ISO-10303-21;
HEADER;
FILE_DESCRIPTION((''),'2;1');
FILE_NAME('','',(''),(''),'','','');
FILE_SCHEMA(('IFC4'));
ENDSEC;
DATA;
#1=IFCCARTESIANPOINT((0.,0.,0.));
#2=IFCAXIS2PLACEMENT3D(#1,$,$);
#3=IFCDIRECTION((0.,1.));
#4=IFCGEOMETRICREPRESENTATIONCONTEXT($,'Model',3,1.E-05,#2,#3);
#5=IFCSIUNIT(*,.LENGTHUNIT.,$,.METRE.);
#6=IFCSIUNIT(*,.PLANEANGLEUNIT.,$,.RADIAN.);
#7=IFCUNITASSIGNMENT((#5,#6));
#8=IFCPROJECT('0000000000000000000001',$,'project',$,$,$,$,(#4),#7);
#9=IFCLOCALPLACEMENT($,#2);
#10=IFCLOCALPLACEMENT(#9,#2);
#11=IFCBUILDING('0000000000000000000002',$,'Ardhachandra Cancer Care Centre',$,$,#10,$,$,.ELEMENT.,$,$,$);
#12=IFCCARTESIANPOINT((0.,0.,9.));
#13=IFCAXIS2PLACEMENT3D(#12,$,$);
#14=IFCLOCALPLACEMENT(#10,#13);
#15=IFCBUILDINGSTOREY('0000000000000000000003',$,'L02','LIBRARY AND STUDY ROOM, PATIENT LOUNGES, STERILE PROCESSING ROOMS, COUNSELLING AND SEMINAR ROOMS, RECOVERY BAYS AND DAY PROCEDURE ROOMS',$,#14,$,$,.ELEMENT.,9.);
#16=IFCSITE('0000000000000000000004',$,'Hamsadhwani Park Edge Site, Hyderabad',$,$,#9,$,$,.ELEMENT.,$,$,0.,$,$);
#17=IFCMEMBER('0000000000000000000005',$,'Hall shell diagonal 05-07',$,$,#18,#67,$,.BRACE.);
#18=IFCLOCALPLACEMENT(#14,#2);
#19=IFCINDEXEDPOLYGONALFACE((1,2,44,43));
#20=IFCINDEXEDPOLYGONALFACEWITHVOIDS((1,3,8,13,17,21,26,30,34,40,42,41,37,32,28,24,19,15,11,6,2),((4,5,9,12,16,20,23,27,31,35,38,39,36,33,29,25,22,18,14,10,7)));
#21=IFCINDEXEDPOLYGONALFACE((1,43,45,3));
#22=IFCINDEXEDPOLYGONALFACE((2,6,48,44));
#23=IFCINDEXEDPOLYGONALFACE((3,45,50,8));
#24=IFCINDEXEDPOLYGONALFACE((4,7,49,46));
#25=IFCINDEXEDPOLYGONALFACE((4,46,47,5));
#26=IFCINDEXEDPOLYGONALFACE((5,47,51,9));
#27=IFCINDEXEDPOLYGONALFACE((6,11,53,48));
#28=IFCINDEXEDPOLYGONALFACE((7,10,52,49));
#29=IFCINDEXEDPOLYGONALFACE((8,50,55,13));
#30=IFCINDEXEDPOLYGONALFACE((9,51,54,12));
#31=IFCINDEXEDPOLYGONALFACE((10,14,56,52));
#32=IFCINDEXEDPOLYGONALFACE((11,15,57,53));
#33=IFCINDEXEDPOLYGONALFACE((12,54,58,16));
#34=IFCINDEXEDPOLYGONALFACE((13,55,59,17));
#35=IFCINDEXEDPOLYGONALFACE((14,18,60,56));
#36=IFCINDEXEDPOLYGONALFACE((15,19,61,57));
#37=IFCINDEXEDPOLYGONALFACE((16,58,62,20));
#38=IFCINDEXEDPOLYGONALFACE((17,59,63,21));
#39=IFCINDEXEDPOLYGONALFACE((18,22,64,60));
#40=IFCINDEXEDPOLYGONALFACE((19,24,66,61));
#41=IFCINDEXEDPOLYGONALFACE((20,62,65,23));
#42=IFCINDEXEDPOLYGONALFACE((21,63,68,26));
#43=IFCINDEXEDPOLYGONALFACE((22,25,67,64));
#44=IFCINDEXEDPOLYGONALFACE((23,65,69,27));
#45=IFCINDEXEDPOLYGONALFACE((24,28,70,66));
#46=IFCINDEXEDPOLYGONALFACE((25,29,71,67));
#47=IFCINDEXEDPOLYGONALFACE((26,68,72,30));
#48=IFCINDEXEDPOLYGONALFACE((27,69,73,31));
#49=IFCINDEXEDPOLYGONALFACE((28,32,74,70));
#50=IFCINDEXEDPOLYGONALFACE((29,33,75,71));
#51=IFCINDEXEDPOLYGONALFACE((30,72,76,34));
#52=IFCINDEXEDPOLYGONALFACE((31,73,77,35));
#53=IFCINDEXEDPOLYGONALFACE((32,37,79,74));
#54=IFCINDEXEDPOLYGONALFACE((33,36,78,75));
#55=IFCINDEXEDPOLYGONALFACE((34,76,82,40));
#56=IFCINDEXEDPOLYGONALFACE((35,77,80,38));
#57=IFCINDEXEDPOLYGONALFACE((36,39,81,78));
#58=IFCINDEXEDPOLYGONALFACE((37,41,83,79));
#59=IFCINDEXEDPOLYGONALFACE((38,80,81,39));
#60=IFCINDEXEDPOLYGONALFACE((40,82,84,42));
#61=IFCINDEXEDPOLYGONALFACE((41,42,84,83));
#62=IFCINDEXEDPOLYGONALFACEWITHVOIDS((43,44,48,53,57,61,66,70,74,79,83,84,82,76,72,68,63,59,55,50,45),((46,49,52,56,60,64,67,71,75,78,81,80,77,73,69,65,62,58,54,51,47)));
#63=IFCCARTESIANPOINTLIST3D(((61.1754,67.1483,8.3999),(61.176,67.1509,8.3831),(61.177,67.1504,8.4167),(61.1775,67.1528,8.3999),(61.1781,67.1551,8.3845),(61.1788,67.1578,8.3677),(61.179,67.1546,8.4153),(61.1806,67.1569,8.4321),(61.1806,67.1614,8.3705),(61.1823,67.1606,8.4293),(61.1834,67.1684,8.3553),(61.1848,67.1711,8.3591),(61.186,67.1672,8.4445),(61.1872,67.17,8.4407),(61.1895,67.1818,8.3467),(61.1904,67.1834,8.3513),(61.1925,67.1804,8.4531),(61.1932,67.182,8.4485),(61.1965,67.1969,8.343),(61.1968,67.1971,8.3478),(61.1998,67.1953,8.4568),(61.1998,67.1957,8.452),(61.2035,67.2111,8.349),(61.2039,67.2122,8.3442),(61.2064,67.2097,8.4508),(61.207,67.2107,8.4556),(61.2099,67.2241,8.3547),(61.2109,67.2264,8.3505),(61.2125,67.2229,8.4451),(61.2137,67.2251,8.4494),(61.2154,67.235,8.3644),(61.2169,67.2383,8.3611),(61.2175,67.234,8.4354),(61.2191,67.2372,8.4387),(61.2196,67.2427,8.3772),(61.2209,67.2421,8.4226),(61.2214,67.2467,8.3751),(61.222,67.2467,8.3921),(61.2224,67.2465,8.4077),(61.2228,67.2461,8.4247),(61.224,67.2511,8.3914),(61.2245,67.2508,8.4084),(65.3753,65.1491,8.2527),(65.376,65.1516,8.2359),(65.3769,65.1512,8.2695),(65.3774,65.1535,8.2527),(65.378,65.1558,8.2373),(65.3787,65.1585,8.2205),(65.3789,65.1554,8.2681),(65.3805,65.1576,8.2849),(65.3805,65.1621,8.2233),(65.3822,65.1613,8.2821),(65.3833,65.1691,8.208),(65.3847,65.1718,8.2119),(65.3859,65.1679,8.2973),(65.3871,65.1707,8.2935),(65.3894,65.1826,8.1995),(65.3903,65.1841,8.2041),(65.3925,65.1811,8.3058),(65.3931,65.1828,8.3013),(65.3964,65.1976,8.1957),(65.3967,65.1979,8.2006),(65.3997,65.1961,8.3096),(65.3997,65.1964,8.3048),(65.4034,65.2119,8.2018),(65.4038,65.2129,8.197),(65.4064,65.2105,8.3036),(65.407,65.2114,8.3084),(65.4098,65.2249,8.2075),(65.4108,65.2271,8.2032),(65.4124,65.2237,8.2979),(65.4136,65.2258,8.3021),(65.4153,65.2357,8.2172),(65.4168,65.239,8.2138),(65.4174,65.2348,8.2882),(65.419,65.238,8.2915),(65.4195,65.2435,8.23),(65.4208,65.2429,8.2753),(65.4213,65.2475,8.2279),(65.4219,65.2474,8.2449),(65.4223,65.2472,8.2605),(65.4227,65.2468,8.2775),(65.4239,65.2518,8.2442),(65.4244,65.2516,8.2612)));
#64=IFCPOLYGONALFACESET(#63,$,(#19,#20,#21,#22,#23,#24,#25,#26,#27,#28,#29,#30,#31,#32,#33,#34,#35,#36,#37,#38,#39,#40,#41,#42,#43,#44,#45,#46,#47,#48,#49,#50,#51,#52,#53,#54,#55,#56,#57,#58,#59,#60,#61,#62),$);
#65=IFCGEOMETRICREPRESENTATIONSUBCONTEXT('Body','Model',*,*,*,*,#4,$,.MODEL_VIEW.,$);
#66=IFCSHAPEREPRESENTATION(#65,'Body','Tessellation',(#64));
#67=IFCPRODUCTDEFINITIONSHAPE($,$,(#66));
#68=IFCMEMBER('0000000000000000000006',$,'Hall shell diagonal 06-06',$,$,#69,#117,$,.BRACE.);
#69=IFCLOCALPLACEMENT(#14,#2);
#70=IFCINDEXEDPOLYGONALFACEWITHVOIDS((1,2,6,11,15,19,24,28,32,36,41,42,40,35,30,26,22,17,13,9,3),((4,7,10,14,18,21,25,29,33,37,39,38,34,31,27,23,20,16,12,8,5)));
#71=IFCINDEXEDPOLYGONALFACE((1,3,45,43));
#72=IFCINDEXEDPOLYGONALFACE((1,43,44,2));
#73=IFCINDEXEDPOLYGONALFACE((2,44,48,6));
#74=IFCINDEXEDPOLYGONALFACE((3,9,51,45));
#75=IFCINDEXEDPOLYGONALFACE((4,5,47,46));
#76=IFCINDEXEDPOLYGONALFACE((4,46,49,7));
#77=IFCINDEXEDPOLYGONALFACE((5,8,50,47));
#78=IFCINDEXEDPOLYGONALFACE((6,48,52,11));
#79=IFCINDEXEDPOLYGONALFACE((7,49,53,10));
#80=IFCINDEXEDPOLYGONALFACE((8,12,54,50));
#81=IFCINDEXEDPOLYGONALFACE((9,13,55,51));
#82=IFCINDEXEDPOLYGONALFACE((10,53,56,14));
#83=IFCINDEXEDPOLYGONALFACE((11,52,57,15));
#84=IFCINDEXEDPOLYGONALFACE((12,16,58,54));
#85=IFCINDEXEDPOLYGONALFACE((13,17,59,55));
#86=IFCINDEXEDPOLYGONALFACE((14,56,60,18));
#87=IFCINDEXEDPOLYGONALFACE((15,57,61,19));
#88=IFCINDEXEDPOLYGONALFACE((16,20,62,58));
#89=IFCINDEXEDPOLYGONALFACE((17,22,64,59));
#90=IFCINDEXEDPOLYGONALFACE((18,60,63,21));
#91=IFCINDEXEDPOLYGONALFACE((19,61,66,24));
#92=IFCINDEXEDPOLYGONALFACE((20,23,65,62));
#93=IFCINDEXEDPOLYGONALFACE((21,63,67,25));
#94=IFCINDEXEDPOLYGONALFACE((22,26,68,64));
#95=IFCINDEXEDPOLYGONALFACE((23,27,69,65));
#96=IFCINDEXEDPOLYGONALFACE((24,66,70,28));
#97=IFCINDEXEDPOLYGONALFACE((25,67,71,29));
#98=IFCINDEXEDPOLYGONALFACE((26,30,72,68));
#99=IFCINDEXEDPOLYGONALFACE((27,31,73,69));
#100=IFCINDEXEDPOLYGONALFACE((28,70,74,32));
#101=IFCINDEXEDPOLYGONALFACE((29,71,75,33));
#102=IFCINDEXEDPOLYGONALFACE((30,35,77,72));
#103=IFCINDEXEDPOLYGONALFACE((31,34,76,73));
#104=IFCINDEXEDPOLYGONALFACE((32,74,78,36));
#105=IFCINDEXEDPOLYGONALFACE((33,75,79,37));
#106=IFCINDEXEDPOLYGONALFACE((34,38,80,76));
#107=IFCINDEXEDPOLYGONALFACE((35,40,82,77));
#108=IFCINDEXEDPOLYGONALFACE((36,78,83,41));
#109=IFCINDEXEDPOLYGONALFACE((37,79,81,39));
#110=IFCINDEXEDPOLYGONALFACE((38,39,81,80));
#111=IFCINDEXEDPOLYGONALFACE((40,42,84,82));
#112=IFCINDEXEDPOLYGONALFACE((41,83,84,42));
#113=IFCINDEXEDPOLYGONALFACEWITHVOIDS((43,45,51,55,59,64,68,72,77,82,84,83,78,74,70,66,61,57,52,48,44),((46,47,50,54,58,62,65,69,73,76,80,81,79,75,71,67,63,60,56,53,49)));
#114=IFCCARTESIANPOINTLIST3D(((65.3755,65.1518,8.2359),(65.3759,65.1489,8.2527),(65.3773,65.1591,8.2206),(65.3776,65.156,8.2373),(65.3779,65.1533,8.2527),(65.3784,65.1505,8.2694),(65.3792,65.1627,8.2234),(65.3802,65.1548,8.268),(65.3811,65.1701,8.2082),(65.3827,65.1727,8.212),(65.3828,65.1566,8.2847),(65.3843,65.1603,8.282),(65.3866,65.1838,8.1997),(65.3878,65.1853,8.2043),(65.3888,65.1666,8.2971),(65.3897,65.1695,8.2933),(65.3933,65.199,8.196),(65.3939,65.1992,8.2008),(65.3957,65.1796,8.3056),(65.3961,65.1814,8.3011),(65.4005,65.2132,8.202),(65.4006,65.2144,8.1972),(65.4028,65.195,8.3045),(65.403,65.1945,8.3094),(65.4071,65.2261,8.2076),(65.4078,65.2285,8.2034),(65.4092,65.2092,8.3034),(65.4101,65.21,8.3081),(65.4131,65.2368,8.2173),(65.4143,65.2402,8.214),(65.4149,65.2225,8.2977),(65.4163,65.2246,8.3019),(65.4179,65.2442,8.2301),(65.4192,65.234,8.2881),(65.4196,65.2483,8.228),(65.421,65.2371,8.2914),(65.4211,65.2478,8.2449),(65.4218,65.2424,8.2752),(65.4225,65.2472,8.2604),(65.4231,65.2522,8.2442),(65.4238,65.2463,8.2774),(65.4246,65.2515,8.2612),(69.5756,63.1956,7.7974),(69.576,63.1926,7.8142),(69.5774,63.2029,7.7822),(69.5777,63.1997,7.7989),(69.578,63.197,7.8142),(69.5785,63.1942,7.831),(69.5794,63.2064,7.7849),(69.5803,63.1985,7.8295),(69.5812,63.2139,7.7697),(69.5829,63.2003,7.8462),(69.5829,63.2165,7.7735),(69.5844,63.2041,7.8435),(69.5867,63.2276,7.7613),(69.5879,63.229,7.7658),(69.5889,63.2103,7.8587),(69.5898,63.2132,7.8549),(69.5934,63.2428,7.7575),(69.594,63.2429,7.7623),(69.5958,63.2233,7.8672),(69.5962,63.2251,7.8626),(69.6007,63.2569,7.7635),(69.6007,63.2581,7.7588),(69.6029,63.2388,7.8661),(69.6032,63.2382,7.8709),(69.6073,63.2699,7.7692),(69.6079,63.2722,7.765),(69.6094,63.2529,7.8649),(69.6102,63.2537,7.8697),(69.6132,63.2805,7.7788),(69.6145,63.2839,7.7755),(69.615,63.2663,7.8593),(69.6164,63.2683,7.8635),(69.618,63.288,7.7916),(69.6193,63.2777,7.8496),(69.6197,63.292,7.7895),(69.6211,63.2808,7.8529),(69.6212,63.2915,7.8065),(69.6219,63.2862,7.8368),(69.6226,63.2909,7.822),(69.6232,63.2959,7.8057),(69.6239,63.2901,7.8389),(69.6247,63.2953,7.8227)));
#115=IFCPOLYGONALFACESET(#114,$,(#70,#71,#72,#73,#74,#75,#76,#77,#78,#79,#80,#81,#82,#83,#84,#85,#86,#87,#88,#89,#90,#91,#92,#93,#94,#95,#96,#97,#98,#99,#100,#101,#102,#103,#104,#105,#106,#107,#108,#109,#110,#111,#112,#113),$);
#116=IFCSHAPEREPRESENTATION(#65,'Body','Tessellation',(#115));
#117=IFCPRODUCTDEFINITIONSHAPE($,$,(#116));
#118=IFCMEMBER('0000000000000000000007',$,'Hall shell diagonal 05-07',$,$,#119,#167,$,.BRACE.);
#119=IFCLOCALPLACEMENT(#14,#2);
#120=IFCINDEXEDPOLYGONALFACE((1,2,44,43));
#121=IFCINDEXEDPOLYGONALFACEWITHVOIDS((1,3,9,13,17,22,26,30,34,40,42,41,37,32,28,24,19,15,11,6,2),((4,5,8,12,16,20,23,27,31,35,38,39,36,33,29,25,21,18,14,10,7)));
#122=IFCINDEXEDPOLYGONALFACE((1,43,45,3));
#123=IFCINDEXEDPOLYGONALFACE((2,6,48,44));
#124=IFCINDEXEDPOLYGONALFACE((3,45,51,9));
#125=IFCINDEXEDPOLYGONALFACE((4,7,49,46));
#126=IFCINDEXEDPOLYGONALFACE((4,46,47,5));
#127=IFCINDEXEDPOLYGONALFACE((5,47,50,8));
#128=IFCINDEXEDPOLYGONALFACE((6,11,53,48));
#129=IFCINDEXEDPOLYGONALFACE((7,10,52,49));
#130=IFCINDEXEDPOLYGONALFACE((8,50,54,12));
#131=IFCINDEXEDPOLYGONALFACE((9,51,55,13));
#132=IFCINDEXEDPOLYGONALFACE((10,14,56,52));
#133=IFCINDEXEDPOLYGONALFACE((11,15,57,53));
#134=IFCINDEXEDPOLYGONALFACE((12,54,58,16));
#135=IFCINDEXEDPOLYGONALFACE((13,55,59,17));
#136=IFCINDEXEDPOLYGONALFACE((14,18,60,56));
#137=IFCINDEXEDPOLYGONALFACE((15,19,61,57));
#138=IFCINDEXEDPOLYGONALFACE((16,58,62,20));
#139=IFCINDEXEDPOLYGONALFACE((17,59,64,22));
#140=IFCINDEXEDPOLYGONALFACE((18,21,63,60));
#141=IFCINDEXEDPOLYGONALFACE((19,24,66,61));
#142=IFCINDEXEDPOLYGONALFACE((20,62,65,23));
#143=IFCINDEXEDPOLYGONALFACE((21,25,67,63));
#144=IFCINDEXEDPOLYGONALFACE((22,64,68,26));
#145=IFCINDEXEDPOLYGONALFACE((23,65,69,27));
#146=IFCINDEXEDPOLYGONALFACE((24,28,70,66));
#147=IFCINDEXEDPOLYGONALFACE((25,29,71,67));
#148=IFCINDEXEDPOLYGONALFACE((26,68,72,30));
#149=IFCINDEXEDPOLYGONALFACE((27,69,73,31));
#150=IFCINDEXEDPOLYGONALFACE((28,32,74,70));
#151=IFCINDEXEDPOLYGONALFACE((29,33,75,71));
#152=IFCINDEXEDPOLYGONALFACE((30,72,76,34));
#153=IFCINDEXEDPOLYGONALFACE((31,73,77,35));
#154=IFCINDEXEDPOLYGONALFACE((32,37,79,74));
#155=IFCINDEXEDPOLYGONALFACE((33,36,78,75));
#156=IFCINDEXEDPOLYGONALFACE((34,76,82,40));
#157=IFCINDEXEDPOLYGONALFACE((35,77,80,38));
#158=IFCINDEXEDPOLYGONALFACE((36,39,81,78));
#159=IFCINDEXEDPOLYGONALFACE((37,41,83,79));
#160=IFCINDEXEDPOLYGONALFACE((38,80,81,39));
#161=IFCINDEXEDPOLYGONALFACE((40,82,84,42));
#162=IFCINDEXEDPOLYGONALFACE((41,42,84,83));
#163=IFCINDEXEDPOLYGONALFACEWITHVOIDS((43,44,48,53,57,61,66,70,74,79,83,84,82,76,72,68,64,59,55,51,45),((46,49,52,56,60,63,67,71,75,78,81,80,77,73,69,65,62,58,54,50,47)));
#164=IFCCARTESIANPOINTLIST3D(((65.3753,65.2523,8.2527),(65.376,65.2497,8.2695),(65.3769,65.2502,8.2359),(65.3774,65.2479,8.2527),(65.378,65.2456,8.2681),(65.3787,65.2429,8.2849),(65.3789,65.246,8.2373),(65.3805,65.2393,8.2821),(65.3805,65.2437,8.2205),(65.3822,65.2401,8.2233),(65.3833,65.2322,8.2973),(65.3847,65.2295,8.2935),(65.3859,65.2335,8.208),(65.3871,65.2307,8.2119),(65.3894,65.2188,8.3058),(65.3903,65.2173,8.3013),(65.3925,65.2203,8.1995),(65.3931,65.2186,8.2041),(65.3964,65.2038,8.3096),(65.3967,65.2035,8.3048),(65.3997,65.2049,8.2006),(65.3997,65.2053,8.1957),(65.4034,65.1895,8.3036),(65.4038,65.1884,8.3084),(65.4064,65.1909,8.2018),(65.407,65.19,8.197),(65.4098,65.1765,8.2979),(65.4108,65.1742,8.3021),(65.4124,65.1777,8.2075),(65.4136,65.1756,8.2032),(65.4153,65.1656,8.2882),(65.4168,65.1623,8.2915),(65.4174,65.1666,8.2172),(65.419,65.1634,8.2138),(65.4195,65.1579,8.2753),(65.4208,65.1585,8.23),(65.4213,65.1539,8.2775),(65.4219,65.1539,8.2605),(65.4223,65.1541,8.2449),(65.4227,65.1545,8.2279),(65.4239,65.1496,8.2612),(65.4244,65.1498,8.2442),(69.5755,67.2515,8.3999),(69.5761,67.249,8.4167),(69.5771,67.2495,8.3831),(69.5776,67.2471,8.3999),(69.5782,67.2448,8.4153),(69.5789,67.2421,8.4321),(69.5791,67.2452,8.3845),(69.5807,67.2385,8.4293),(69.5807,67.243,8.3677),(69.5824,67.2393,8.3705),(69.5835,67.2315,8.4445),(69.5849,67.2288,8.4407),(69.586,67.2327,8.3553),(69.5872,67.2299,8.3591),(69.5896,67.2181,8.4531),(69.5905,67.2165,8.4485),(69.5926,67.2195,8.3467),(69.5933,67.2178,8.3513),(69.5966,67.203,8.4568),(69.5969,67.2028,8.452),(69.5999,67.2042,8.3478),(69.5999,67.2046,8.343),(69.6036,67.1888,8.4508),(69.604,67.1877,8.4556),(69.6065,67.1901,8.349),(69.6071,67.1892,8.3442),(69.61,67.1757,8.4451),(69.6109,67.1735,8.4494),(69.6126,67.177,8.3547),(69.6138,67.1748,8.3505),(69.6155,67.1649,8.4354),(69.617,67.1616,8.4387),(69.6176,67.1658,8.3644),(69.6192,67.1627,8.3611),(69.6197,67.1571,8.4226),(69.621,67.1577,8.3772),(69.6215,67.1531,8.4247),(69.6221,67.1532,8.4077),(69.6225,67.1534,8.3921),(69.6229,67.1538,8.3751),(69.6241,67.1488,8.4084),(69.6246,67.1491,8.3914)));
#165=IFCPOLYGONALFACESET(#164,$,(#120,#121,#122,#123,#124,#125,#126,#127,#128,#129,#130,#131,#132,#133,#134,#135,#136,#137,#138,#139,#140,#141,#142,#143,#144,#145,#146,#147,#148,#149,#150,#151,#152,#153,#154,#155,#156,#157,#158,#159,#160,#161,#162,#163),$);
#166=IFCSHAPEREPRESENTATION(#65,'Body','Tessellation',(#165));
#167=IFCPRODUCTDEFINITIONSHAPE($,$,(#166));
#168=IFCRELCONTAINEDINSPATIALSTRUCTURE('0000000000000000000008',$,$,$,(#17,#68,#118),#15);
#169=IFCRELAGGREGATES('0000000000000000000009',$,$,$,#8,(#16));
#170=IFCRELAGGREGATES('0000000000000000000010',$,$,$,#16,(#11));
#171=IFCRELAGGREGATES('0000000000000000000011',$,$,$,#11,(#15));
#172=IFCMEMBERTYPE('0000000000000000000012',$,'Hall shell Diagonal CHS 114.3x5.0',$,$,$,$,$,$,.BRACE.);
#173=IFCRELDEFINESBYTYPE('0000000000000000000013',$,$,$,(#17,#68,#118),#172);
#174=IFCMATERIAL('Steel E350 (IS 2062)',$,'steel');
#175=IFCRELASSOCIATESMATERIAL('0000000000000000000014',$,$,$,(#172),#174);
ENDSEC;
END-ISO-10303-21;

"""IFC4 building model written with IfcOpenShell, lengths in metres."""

from ifc_helpers import new_model, si_unit, direction, frame, origin, origin_2d, place, context, subcontext, project, spatial, hollow_circle, extrude, material, material_profile, profile_set, type_object, element, save


model = new_model("IFC4")

# Units and contexts
model_context = context("Model", 3, precision=1e-05, world=origin(), true_north=direction((0.0, 1.0)))
body_context = subcontext(model_context, "Body", "Model", "MODEL_VIEW")
ifc_project = project(units=[si_unit("LENGTHUNIT", "METRE"), si_unit("PLANEANGLEUNIT", "RADIAN")], contexts=[model_context])

# Site, building, storey
site_placement = place(None, origin())
site = spatial("IfcSite", under=ifc_project, at=site_placement, Name="Hamsadhwani Park Edge Site, Hyderabad", CompositionType="ELEMENT", RefElevation=0.0)
building_placement = place(site_placement, origin())
building = spatial("IfcBuilding", under=site, at=building_placement, Name="Ardhachandra Cancer Care Centre", CompositionType="ELEMENT")
storey_placement = place(building_placement, frame((0.0, 0.0, 9.0)))
storey = spatial("IfcBuildingStorey", under=building, at=storey_placement, Name="L02", Description="LIBRARY AND STUDY ROOM, PATIENT LOUNGES, STERILE PROCESSING ROOMS, COUNSELLING AND SEMINAR ROOMS, RECOVERY BAYS AND DAY PROCEDURE ROOMS", CompositionType="ELEMENT", Elevation=9.0)

# Members
ifc_material_1 = material(Name="Steel E350 (IS 2062)", Category="steel")
ifc_material_profile_1 = material_profile(ifc_material_1, hollow_circle(Radius=0.0571, WallThickness=0.0049, at=origin_2d()), Name="CHS 114.3x5.0")
ifc_profile_set_1 = profile_set([ifc_material_profile_1], Name="Steel E350 (IS 2062)")
member_type_1 = type_object("IfcMemberType", Name="Hall shell Diagonal CHS 114.3x5.0", PredefinedType="BRACE", material=ifc_profile_set_1)
member_1_placement = place(storey_placement, frame((65.3999, 65.2007, 8.2527), z_axis=(-0.902468, 0.429594, 0.031633), x_axis=(-0.429809, -0.90292, 0.0)))
element("IfcMember", 1, at=member_1_placement, inside=storey, type_object=member_type_1, Name="Hall shell diagonal 05-07", PredefinedType="BRACE", context=body_context, shape_type="SweptSolid", body=[
    extrude(hollow_circle(Radius=0.0571, WallThickness=0.0049, at=origin_2d()), origin(), (0.0, 0.0, 1.0), 4.6538),
])
for number, where, z_axis, x_axis, name in (
    (2, (69.6001, 63.2444, 7.8142), (-0.902465, 0.420335, 0.094212), (-0.422213, -0.906497, 0.0), "Hall shell diagonal 06-06"),
    (3, (65.3999, 65.2007, 8.2527), (0.902478, 0.429574, 0.031632), (-0.429789, 0.902929, 0.0), "Hall shell diagonal 05-07"),
):
    element("IfcMember", number, at=place(storey_placement, frame(where, z_axis=z_axis, x_axis=x_axis)), inside=storey, type_object=member_type_1, Name=name, PredefinedType="BRACE", context=body_context, shape_type="SweptSolid", body=[
        extrude(hollow_circle(Radius=0.0571, WallThickness=0.0049, at=origin_2d()), origin(), (0.0, 0.0, 1.0), 4.6541),
    ])

save(model, "model.ifc")
